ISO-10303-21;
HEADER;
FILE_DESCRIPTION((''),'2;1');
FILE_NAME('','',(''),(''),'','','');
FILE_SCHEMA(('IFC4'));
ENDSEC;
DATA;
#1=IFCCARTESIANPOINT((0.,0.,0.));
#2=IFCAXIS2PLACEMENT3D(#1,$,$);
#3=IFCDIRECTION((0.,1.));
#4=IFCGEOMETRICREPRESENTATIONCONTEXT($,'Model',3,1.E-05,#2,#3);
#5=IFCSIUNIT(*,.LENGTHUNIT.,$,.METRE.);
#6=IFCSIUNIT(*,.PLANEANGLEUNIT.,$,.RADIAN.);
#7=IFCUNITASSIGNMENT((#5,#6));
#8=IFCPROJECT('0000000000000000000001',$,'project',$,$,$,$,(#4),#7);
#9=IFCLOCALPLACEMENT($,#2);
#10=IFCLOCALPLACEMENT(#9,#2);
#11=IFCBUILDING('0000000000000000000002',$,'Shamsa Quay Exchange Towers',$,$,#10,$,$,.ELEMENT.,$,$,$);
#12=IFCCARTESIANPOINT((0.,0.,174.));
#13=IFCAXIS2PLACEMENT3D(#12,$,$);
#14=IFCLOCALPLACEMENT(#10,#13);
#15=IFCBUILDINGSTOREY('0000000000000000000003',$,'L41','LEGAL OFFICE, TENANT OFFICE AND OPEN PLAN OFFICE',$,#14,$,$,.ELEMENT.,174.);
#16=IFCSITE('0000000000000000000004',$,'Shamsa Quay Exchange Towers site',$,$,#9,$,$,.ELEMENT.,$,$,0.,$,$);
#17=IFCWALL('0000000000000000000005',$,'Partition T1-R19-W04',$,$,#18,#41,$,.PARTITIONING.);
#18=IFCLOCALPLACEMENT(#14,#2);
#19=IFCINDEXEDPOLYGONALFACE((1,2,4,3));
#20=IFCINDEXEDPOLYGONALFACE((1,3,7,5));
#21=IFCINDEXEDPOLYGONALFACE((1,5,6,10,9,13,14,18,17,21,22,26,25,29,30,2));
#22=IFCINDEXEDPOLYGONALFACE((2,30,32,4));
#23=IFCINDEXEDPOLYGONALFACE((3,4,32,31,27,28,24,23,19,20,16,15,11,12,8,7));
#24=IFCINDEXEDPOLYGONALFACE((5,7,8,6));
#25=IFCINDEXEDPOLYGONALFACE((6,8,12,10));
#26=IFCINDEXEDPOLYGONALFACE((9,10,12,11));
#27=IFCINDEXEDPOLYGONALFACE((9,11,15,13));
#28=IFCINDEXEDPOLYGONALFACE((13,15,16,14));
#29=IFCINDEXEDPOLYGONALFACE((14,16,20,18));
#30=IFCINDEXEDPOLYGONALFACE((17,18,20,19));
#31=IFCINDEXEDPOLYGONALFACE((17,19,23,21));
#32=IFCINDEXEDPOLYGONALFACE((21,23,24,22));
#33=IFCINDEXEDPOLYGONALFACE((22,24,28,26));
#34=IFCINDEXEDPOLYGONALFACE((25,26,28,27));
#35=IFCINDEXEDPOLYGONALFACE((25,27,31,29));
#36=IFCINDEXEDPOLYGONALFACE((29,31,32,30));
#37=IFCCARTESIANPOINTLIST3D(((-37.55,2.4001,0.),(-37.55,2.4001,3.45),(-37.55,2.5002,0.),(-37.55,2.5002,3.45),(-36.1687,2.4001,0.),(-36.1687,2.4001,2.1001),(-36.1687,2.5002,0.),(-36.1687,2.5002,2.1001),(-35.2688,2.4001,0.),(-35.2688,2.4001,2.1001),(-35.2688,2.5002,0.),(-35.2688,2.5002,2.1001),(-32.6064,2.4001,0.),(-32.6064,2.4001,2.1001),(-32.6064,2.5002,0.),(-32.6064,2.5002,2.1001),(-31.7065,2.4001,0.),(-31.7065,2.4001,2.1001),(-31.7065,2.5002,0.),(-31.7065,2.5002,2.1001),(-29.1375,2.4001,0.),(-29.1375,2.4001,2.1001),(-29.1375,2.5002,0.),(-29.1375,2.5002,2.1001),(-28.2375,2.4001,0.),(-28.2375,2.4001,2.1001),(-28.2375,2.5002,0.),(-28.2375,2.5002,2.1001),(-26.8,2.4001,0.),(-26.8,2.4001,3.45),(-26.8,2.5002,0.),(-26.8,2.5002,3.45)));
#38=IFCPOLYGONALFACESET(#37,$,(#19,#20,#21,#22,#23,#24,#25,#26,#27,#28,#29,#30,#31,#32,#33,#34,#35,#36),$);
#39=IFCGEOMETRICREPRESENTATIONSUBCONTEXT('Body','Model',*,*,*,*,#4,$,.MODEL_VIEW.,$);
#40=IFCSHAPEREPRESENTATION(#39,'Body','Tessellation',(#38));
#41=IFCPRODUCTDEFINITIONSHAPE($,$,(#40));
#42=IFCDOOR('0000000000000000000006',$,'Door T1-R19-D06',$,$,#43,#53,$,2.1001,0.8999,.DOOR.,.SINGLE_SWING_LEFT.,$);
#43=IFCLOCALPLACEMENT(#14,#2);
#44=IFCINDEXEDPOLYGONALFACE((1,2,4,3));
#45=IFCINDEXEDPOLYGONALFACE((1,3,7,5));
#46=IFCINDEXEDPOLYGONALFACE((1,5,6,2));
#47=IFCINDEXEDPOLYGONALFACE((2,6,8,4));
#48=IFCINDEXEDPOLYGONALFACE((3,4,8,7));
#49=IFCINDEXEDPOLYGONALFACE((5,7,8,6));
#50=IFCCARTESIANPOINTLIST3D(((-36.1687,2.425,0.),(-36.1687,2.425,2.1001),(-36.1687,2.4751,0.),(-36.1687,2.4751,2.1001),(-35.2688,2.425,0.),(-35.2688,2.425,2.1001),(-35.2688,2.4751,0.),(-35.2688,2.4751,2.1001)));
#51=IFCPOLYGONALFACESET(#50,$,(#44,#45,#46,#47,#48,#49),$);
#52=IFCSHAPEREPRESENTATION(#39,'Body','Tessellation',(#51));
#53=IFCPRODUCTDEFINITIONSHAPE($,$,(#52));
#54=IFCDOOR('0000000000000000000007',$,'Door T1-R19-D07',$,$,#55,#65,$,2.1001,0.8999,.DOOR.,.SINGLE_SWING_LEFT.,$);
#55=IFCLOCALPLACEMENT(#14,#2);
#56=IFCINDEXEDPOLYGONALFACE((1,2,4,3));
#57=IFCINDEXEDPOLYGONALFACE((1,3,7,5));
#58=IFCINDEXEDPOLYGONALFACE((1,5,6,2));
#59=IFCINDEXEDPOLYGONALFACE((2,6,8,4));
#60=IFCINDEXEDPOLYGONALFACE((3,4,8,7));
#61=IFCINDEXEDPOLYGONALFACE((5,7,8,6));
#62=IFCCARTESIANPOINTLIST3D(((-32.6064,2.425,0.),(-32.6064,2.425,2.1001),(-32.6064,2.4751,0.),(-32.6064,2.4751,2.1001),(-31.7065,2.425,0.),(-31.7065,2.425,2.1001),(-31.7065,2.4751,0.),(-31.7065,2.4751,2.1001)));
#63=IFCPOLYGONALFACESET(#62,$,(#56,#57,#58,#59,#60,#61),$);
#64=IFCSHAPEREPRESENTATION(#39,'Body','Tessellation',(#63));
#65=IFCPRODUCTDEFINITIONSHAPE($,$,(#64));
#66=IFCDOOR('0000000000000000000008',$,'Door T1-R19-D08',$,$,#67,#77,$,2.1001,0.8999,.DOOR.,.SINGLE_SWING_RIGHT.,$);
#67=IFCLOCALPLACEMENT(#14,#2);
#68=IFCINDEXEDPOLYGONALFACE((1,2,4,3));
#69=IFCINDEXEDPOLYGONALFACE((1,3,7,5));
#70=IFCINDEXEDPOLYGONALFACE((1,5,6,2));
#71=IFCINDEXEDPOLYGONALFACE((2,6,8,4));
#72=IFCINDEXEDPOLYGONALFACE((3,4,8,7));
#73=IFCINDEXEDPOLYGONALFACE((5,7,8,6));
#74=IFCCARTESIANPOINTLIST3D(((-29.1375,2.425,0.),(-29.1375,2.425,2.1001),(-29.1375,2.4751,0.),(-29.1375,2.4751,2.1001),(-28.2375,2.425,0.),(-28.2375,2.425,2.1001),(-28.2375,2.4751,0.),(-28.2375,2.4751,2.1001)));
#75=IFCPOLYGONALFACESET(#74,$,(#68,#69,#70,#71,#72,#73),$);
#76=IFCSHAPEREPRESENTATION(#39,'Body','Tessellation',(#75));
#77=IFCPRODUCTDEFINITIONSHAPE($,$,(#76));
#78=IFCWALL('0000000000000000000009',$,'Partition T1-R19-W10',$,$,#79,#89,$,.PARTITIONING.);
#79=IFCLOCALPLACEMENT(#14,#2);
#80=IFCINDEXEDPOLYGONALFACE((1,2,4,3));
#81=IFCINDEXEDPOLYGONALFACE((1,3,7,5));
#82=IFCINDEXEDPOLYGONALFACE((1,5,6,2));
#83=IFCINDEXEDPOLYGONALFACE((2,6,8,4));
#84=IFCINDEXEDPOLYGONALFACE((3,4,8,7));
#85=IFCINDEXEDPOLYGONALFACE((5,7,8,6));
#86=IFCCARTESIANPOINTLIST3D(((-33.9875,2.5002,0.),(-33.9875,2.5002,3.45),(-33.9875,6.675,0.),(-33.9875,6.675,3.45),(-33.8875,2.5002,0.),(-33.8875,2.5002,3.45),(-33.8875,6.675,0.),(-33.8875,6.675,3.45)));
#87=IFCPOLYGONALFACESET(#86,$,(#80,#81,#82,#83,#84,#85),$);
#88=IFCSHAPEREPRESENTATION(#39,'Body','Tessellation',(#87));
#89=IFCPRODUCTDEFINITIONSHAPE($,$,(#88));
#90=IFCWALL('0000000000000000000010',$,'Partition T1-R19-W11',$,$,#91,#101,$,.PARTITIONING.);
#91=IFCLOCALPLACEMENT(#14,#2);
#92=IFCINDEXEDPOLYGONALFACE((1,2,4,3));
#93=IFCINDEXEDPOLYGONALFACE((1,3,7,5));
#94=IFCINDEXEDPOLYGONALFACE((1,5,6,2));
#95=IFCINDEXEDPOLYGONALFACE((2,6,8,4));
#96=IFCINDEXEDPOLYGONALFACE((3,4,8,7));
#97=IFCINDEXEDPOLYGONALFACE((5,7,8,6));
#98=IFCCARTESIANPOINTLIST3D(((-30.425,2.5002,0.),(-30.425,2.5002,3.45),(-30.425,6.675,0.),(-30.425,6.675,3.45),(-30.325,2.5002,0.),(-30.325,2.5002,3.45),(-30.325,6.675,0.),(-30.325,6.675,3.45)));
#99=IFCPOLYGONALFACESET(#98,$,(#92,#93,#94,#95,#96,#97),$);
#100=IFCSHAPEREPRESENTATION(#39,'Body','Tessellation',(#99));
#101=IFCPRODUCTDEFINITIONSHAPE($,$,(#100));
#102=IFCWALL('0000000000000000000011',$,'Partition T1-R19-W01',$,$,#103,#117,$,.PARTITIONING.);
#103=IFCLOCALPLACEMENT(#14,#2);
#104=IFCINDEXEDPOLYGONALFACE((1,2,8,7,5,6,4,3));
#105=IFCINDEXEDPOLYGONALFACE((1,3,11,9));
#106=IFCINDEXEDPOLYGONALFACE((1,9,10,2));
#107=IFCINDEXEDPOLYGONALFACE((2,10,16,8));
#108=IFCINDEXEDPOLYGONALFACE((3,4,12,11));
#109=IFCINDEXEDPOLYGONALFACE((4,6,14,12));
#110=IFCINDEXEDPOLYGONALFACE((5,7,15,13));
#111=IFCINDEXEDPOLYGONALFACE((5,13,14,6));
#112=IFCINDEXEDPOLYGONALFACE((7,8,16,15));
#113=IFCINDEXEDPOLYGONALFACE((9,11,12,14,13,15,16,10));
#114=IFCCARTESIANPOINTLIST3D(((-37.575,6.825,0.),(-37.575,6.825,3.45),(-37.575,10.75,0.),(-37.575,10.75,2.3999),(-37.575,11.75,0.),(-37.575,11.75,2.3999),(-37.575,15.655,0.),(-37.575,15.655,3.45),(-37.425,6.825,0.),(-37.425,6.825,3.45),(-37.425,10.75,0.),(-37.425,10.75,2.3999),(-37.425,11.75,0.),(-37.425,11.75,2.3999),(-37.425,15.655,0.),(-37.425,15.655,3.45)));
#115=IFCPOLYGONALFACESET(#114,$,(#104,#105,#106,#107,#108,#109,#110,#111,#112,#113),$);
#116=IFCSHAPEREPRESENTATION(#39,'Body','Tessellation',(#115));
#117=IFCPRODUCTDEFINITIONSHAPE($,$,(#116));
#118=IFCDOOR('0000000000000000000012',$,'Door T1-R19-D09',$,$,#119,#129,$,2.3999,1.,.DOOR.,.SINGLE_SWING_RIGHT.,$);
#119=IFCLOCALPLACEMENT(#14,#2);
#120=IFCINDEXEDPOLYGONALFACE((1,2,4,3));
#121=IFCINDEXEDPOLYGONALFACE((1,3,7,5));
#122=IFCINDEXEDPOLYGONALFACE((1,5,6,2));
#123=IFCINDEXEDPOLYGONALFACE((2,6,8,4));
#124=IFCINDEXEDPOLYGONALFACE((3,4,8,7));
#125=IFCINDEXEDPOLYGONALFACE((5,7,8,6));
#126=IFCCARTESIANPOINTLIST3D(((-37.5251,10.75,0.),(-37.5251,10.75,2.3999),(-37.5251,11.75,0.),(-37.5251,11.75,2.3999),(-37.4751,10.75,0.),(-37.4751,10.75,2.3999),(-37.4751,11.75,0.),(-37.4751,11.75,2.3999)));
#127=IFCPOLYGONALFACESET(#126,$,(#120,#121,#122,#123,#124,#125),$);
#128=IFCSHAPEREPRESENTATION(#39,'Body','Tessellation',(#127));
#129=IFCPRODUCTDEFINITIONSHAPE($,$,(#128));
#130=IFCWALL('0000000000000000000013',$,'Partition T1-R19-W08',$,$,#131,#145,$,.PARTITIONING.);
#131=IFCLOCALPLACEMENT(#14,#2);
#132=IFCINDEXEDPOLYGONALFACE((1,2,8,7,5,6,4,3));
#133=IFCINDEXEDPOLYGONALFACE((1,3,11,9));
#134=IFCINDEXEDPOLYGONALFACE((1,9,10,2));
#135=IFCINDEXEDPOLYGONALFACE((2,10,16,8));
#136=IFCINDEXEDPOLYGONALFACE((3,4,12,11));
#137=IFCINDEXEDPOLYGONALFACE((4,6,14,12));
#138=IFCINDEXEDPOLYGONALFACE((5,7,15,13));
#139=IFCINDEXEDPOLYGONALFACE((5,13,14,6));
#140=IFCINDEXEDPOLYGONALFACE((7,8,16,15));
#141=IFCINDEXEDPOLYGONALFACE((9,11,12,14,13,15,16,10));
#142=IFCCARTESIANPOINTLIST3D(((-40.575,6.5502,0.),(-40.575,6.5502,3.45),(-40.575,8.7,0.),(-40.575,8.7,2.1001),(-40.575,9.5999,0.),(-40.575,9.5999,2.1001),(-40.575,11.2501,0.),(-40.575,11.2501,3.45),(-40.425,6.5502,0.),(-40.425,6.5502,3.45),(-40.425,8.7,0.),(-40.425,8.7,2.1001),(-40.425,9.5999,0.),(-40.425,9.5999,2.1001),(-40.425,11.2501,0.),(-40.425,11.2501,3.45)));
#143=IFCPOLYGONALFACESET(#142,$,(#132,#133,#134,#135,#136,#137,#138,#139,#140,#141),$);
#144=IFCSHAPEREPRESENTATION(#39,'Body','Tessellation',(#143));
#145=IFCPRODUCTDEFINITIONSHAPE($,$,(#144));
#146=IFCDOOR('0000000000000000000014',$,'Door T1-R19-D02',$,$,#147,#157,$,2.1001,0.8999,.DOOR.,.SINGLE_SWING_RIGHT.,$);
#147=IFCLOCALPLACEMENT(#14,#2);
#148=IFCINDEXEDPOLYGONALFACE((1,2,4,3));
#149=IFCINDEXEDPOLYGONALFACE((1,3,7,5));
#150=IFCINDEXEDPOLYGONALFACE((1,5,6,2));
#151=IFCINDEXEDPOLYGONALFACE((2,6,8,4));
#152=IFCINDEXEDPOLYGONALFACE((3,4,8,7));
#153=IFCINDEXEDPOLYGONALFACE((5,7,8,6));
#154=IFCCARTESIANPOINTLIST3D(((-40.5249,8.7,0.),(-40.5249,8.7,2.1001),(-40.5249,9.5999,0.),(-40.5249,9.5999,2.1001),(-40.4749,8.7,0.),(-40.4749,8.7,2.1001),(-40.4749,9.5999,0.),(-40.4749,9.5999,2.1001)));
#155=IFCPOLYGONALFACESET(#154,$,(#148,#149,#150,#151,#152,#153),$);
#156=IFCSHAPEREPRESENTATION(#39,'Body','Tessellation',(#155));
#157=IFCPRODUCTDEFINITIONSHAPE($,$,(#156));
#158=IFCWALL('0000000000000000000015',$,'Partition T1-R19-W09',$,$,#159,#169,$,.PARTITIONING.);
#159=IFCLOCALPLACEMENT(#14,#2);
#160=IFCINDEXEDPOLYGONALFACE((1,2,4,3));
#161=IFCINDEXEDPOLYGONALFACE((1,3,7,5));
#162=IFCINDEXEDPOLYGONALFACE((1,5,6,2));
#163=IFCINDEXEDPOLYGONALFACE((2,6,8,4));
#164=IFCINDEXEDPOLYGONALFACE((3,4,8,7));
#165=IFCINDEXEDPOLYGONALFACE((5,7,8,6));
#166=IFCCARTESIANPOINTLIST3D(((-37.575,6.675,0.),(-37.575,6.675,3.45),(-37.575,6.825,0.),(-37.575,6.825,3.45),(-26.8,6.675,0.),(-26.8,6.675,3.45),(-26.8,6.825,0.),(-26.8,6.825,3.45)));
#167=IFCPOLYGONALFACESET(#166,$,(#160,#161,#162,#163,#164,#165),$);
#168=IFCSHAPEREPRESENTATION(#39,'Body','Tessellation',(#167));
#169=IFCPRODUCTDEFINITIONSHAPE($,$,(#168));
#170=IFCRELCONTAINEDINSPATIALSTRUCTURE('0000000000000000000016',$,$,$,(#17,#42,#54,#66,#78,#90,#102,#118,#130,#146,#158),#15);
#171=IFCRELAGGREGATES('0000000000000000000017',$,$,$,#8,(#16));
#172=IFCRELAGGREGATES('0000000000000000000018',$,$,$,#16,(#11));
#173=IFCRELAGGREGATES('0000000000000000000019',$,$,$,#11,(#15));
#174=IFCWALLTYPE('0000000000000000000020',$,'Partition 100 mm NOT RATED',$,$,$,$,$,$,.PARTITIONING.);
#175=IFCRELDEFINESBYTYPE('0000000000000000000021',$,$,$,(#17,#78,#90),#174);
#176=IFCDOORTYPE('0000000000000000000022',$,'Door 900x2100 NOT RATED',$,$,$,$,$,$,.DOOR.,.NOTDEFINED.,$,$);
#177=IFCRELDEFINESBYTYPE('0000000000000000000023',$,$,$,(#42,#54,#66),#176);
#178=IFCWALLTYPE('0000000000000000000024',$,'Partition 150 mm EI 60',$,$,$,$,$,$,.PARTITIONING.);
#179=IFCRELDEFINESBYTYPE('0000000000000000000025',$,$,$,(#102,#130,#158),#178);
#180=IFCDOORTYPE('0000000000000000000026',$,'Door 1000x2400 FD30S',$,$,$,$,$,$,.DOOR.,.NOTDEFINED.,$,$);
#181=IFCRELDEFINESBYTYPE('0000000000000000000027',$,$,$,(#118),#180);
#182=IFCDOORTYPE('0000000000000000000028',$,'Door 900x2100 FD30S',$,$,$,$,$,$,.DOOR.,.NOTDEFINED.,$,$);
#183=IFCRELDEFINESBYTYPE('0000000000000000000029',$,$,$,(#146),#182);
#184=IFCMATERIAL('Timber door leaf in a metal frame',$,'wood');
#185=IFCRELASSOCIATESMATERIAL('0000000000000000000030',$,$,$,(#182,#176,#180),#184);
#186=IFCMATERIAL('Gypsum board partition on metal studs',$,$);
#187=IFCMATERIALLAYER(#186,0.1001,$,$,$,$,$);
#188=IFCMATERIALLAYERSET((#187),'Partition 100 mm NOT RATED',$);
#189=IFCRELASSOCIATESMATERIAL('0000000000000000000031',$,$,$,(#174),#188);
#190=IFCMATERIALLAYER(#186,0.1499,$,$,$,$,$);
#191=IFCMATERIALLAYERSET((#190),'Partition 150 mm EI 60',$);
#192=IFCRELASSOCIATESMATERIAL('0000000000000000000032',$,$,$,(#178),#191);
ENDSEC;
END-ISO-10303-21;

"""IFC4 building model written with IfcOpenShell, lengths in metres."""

from ifc_helpers import new_model, si_unit, direction, frame, frame_2d, origin, place, context, subcontext, project, spatial, rectangle, extrude, material, layer, layer_set, type_object, element, fill, save


model = new_model("IFC4")

# Units and contexts
model_context = context("Model", 3, precision=1e-05, world=origin(), true_north=direction((0.0, 1.0)))
body_context = subcontext(model_context, "Body", "Model", "MODEL_VIEW")
ifc_project = project(units=[si_unit("LENGTHUNIT", "METRE"), si_unit("PLANEANGLEUNIT", "RADIAN")], contexts=[model_context])

# Site, building, storey
site_placement = place(None, origin())
site = spatial("IfcSite", under=ifc_project, at=site_placement, Name="Shamsa Quay Exchange Towers site", CompositionType="ELEMENT", RefElevation=0.0)
building_placement = place(site_placement, origin())
building = spatial("IfcBuilding", under=site, at=building_placement, Name="Shamsa Quay Exchange Towers", CompositionType="ELEMENT")
storey_placement = place(building_placement, frame((0.0, 0.0, 174.0)))
storey = spatial("IfcBuildingStorey", under=building, at=storey_placement, Name="L41", Description="LEGAL OFFICE, TENANT OFFICE AND OPEN PLAN OFFICE", CompositionType="ELEMENT", Elevation=174.0)

# Shared definitions
ifc_material_1 = material(Name="Timber door leaf in a metal frame", Category="wood")
door_type_1 = type_object("IfcDoorType", Name="Door 900x2100 FD30S", OperationType="NOTDEFINED", PredefinedType="DOOR", material=ifc_material_1)

# Shared definitions
ifc_material_2 = material(Name="Gypsum board partition on metal studs")
ifc_layer_1 = layer(ifc_material_2, 0.1001)
ifc_layer_set_1 = layer_set([ifc_layer_1], Name="Partition 100 mm NOT RATED")
wall_type_1 = type_object("IfcWallType", Name="Partition 100 mm NOT RATED", PredefinedType="PARTITIONING", material=ifc_layer_set_1)

# Wall, openings, doors
wall_1_placement = place(storey_placement, frame((-37.55, 2.4502, 0.0)))
wall_1 = element("IfcWall", 1, at=wall_1_placement, inside=storey, type_object=wall_type_1, Name="Partition T1-R19-W04", PredefinedType="PARTITIONING", context=body_context, shape_type="SweptSolid", body=[
    extrude(rectangle(XDim=10.75, YDim=0.1001, at=frame_2d((5.375, 0.0))), origin(), (0.0, 0.0, 1.0), 3.45),
])
opening_1_placement = place(wall_1_placement, frame((1.3813, 0.0, 0.0)))
opening_1 = element("IfcOpeningElement", 2, at=opening_1_placement, cuts=wall_1, PredefinedType="OPENING", context=body_context, shape_type="SweptSolid", body=[
    extrude(rectangle(XDim=0.8999, YDim=2.1001, at=frame_2d((0.45, 1.05))), frame((0.0, 0.0601, 0.0), z_axis=(0.0, -1.0, 0.0), x_axis=(1.0, 0.0, 0.0)), (0.0, 0.0, 1.0), 0.1201),
])
opening_2_placement = place(wall_1_placement, frame((4.9436, 0.0, 0.0)))
opening_2 = element("IfcOpeningElement", 3, at=opening_2_placement, cuts=wall_1, PredefinedType="OPENING", context=body_context, shape_type="SweptSolid", body=[
    extrude(rectangle(XDim=0.8999, YDim=2.1001, at=frame_2d((0.45, 1.05))), frame((0.0, 0.0601, 0.0), z_axis=(0.0, -1.0, 0.0), x_axis=(1.0, 0.0, 0.0)), (0.0, 0.0, 1.0), 0.1201),
])
opening_3_placement = place(wall_1_placement, frame((8.4126, 0.0, 0.0)))
opening_3 = element("IfcOpeningElement", 4, at=opening_3_placement, cuts=wall_1, PredefinedType="OPENING", context=body_context, shape_type="SweptSolid", body=[
    extrude(rectangle(XDim=0.8999, YDim=2.1001, at=frame_2d((0.45, 1.05))), frame((0.0, 0.0601, 0.0), z_axis=(0.0, -1.0, 0.0), x_axis=(1.0, 0.0, 0.0)), (0.0, 0.0, 1.0), 0.1201),
])
door_type_2 = type_object("IfcDoorType", Name="Door 900x2100 NOT RATED", OperationType="NOTDEFINED", PredefinedType="DOOR", material=ifc_material_1)
door_1_placement = place(opening_1_placement, origin())
door_1 = element("IfcDoor", 5, at=door_1_placement, inside=storey, type_object=door_type_2, Name="Door T1-R19-D06", OperationType="SINGLE_SWING_LEFT", OverallHeight=2.1001, OverallWidth=0.8999, PredefinedType="DOOR", context=body_context, shape_type="SweptSolid", body=[
    extrude(rectangle(XDim=0.8999, YDim=2.1001, at=frame_2d((0.45, 1.05))), frame((0.0, 0.0249, 0.0), z_axis=(0.0, -1.0, 0.0), x_axis=(1.0, 0.0, 0.0)), (0.0, 0.0, 1.0), 0.05),
])
fill(opening_1, door_1)
door_2_placement = place(opening_2_placement, origin())
door_2 = element("IfcDoor", 6, at=door_2_placement, inside=storey, type_object=door_type_2, Name="Door T1-R19-D07", OperationType="SINGLE_SWING_LEFT", OverallHeight=2.1001, OverallWidth=0.8999, PredefinedType="DOOR", context=body_context, shape_type="SweptSolid", body=[
    extrude(rectangle(XDim=0.8999, YDim=2.1001, at=frame_2d((0.45, 1.05))), frame((0.0, 0.0249, 0.0), z_axis=(0.0, -1.0, 0.0), x_axis=(1.0, 0.0, 0.0)), (0.0, 0.0, 1.0), 0.05),
])
fill(opening_2, door_2)
door_3_placement = place(opening_3_placement, origin())
door_3 = element("IfcDoor", 7, at=door_3_placement, inside=storey, type_object=door_type_2, Name="Door T1-R19-D08", OperationType="SINGLE_SWING_RIGHT", OverallHeight=2.1001, OverallWidth=0.8999, PredefinedType="DOOR", context=body_context, shape_type="SweptSolid", body=[
    extrude(rectangle(XDim=0.8999, YDim=2.1001, at=frame_2d((0.45, 1.05))), frame((0.0, 0.0249, 0.0), z_axis=(0.0, -1.0, 0.0), x_axis=(1.0, 0.0, 0.0)), (0.0, 0.0, 1.0), 0.05),
])
fill(opening_3, door_3)

# Walls
for number, where, z_axis, x_axis, name in (
    (8, (-33.9375, 2.5002, 0.0), (0.0, 0.0, 1.0), (0.0, 1.0, 0.0), "Partition T1-R19-W10"),
    (9, (-30.375, 2.5002, 0.0), (0.0, 0.0, 1.0), (0.0, 1.0, 0.0), "Partition T1-R19-W11"),
):
    element("IfcWall", number, at=place(storey_placement, frame(where, z_axis=z_axis, x_axis=x_axis)), inside=storey, type_object=wall_type_1, Name=name, PredefinedType="PARTITIONING", context=body_context, shape_type="SweptSolid", body=[
        extrude(rectangle(XDim=4.1748, YDim=0.1001, at=frame_2d((2.0874, 0.0))), origin(), (0.0, 0.0, 1.0), 3.45),
    ])

# Walls, openings, doors
ifc_layer_2 = layer(ifc_material_2, 0.1499)
ifc_layer_set_2 = layer_set([ifc_layer_2], Name="Partition 150 mm EI 60")
wall_type_2 = type_object("IfcWallType", Name="Partition 150 mm EI 60", PredefinedType="PARTITIONING", material=ifc_layer_set_2)
wall_2_placement = place(storey_placement, frame((-37.5, 15.655, 0.0), z_axis=(0.0, 0.0, 1.0), x_axis=(0.0, -1.0, 0.0)))
wall_2 = element("IfcWall", 10, at=wall_2_placement, inside=storey, type_object=wall_type_2, Name="Partition T1-R19-W01", PredefinedType="PARTITIONING", context=body_context, shape_type="SweptSolid", body=[
    extrude(rectangle(XDim=8.8301, YDim=0.1499, at=frame_2d((4.415, 0.0))), origin(), (0.0, 0.0, 1.0), 3.45),
])
opening_4_placement = place(wall_2_placement, frame((3.905, 0.0, 0.0)))
opening_4 = element("IfcOpeningElement", 11, at=opening_4_placement, cuts=wall_2, PredefinedType="OPENING", context=body_context, shape_type="SweptSolid", body=[
    extrude(rectangle(XDim=1.0, YDim=2.3999, at=frame_2d((0.5, 1.2))), frame((0.0, 0.085, 0.0), z_axis=(0.0, -1.0, 0.0), x_axis=(1.0, 0.0, 0.0)), (0.0, 0.0, 1.0), 0.1699),
])
door_type_3 = type_object("IfcDoorType", Name="Door 1000x2400 FD30S", OperationType="NOTDEFINED", PredefinedType="DOOR", material=ifc_material_1)
door_4_placement = place(opening_4_placement, origin())
door_4 = element("IfcDoor", 12, at=door_4_placement, inside=storey, type_object=door_type_3, Name="Door T1-R19-D09", OperationType="SINGLE_SWING_RIGHT", OverallHeight=2.3999, OverallWidth=1.0, PredefinedType="DOOR", context=body_context, shape_type="SweptSolid", body=[
    extrude(rectangle(XDim=1.0, YDim=2.3999, at=frame_2d((0.5, 1.2))), frame((0.0, 0.0249, 0.0), z_axis=(0.0, -1.0, 0.0), x_axis=(1.0, 0.0, 0.0)), (0.0, 0.0, 1.0), 0.05),
])
fill(opening_4, door_4)
wall_3_placement = place(storey_placement, frame((-40.5, 6.55, 0.0), z_axis=(0.0, 0.0, 1.0), x_axis=(0.0, 1.0, 0.0)))
wall_3 = element("IfcWall", 13, at=wall_3_placement, inside=storey, type_object=wall_type_2, Name="Partition T1-R19-W08", PredefinedType="PARTITIONING", context=body_context, shape_type="SweptSolid", body=[
    extrude(rectangle(XDim=4.7, YDim=0.1499, at=frame_2d((2.3501, 0.0))), origin(), (0.0, 0.0, 1.0), 3.45),
])
opening_5_placement = place(wall_3_placement, frame((2.1499, 0.0, 0.0)))
opening_5 = element("IfcOpeningElement", 14, at=opening_5_placement, cuts=wall_3, PredefinedType="OPENING", context=body_context, shape_type="SweptSolid", body=[
    extrude(rectangle(XDim=0.8999, YDim=2.1001, at=frame_2d((0.45, 1.05))), frame((0.0, 0.085, 0.0), z_axis=(0.0, -1.0, 0.0), x_axis=(1.0, 0.0, 0.0)), (0.0, 0.0, 1.0), 0.1699),
])
door_5_placement = place(opening_5_placement, origin())
door_5 = element("IfcDoor", 15, at=door_5_placement, inside=storey, type_object=door_type_1, Name="Door T1-R19-D02", OperationType="SINGLE_SWING_RIGHT", OverallHeight=2.1001, OverallWidth=0.8999, PredefinedType="DOOR", context=body_context, shape_type="SweptSolid", body=[
    extrude(rectangle(XDim=0.8999, YDim=2.1001, at=frame_2d((0.45, 1.05))), frame((0.0, 0.0249, 0.0), z_axis=(0.0, -1.0, 0.0), x_axis=(1.0, 0.0, 0.0)), (0.0, 0.0, 1.0), 0.05),
])
fill(opening_5, door_5)

# Wall
wall_4_placement = place(storey_placement, frame((-37.575, 6.75, 0.0)))
element("IfcWall", 16, at=wall_4_placement, inside=storey, type_object=wall_type_2, Name="Partition T1-R19-W09", PredefinedType="PARTITIONING", context=body_context, shape_type="SweptSolid", body=[
    extrude(rectangle(XDim=10.7749, YDim=0.1499, at=frame_2d((5.3875, 0.0))), origin(), (0.0, 0.0, 1.0), 3.45),
])

save(model, "model.ifc")
